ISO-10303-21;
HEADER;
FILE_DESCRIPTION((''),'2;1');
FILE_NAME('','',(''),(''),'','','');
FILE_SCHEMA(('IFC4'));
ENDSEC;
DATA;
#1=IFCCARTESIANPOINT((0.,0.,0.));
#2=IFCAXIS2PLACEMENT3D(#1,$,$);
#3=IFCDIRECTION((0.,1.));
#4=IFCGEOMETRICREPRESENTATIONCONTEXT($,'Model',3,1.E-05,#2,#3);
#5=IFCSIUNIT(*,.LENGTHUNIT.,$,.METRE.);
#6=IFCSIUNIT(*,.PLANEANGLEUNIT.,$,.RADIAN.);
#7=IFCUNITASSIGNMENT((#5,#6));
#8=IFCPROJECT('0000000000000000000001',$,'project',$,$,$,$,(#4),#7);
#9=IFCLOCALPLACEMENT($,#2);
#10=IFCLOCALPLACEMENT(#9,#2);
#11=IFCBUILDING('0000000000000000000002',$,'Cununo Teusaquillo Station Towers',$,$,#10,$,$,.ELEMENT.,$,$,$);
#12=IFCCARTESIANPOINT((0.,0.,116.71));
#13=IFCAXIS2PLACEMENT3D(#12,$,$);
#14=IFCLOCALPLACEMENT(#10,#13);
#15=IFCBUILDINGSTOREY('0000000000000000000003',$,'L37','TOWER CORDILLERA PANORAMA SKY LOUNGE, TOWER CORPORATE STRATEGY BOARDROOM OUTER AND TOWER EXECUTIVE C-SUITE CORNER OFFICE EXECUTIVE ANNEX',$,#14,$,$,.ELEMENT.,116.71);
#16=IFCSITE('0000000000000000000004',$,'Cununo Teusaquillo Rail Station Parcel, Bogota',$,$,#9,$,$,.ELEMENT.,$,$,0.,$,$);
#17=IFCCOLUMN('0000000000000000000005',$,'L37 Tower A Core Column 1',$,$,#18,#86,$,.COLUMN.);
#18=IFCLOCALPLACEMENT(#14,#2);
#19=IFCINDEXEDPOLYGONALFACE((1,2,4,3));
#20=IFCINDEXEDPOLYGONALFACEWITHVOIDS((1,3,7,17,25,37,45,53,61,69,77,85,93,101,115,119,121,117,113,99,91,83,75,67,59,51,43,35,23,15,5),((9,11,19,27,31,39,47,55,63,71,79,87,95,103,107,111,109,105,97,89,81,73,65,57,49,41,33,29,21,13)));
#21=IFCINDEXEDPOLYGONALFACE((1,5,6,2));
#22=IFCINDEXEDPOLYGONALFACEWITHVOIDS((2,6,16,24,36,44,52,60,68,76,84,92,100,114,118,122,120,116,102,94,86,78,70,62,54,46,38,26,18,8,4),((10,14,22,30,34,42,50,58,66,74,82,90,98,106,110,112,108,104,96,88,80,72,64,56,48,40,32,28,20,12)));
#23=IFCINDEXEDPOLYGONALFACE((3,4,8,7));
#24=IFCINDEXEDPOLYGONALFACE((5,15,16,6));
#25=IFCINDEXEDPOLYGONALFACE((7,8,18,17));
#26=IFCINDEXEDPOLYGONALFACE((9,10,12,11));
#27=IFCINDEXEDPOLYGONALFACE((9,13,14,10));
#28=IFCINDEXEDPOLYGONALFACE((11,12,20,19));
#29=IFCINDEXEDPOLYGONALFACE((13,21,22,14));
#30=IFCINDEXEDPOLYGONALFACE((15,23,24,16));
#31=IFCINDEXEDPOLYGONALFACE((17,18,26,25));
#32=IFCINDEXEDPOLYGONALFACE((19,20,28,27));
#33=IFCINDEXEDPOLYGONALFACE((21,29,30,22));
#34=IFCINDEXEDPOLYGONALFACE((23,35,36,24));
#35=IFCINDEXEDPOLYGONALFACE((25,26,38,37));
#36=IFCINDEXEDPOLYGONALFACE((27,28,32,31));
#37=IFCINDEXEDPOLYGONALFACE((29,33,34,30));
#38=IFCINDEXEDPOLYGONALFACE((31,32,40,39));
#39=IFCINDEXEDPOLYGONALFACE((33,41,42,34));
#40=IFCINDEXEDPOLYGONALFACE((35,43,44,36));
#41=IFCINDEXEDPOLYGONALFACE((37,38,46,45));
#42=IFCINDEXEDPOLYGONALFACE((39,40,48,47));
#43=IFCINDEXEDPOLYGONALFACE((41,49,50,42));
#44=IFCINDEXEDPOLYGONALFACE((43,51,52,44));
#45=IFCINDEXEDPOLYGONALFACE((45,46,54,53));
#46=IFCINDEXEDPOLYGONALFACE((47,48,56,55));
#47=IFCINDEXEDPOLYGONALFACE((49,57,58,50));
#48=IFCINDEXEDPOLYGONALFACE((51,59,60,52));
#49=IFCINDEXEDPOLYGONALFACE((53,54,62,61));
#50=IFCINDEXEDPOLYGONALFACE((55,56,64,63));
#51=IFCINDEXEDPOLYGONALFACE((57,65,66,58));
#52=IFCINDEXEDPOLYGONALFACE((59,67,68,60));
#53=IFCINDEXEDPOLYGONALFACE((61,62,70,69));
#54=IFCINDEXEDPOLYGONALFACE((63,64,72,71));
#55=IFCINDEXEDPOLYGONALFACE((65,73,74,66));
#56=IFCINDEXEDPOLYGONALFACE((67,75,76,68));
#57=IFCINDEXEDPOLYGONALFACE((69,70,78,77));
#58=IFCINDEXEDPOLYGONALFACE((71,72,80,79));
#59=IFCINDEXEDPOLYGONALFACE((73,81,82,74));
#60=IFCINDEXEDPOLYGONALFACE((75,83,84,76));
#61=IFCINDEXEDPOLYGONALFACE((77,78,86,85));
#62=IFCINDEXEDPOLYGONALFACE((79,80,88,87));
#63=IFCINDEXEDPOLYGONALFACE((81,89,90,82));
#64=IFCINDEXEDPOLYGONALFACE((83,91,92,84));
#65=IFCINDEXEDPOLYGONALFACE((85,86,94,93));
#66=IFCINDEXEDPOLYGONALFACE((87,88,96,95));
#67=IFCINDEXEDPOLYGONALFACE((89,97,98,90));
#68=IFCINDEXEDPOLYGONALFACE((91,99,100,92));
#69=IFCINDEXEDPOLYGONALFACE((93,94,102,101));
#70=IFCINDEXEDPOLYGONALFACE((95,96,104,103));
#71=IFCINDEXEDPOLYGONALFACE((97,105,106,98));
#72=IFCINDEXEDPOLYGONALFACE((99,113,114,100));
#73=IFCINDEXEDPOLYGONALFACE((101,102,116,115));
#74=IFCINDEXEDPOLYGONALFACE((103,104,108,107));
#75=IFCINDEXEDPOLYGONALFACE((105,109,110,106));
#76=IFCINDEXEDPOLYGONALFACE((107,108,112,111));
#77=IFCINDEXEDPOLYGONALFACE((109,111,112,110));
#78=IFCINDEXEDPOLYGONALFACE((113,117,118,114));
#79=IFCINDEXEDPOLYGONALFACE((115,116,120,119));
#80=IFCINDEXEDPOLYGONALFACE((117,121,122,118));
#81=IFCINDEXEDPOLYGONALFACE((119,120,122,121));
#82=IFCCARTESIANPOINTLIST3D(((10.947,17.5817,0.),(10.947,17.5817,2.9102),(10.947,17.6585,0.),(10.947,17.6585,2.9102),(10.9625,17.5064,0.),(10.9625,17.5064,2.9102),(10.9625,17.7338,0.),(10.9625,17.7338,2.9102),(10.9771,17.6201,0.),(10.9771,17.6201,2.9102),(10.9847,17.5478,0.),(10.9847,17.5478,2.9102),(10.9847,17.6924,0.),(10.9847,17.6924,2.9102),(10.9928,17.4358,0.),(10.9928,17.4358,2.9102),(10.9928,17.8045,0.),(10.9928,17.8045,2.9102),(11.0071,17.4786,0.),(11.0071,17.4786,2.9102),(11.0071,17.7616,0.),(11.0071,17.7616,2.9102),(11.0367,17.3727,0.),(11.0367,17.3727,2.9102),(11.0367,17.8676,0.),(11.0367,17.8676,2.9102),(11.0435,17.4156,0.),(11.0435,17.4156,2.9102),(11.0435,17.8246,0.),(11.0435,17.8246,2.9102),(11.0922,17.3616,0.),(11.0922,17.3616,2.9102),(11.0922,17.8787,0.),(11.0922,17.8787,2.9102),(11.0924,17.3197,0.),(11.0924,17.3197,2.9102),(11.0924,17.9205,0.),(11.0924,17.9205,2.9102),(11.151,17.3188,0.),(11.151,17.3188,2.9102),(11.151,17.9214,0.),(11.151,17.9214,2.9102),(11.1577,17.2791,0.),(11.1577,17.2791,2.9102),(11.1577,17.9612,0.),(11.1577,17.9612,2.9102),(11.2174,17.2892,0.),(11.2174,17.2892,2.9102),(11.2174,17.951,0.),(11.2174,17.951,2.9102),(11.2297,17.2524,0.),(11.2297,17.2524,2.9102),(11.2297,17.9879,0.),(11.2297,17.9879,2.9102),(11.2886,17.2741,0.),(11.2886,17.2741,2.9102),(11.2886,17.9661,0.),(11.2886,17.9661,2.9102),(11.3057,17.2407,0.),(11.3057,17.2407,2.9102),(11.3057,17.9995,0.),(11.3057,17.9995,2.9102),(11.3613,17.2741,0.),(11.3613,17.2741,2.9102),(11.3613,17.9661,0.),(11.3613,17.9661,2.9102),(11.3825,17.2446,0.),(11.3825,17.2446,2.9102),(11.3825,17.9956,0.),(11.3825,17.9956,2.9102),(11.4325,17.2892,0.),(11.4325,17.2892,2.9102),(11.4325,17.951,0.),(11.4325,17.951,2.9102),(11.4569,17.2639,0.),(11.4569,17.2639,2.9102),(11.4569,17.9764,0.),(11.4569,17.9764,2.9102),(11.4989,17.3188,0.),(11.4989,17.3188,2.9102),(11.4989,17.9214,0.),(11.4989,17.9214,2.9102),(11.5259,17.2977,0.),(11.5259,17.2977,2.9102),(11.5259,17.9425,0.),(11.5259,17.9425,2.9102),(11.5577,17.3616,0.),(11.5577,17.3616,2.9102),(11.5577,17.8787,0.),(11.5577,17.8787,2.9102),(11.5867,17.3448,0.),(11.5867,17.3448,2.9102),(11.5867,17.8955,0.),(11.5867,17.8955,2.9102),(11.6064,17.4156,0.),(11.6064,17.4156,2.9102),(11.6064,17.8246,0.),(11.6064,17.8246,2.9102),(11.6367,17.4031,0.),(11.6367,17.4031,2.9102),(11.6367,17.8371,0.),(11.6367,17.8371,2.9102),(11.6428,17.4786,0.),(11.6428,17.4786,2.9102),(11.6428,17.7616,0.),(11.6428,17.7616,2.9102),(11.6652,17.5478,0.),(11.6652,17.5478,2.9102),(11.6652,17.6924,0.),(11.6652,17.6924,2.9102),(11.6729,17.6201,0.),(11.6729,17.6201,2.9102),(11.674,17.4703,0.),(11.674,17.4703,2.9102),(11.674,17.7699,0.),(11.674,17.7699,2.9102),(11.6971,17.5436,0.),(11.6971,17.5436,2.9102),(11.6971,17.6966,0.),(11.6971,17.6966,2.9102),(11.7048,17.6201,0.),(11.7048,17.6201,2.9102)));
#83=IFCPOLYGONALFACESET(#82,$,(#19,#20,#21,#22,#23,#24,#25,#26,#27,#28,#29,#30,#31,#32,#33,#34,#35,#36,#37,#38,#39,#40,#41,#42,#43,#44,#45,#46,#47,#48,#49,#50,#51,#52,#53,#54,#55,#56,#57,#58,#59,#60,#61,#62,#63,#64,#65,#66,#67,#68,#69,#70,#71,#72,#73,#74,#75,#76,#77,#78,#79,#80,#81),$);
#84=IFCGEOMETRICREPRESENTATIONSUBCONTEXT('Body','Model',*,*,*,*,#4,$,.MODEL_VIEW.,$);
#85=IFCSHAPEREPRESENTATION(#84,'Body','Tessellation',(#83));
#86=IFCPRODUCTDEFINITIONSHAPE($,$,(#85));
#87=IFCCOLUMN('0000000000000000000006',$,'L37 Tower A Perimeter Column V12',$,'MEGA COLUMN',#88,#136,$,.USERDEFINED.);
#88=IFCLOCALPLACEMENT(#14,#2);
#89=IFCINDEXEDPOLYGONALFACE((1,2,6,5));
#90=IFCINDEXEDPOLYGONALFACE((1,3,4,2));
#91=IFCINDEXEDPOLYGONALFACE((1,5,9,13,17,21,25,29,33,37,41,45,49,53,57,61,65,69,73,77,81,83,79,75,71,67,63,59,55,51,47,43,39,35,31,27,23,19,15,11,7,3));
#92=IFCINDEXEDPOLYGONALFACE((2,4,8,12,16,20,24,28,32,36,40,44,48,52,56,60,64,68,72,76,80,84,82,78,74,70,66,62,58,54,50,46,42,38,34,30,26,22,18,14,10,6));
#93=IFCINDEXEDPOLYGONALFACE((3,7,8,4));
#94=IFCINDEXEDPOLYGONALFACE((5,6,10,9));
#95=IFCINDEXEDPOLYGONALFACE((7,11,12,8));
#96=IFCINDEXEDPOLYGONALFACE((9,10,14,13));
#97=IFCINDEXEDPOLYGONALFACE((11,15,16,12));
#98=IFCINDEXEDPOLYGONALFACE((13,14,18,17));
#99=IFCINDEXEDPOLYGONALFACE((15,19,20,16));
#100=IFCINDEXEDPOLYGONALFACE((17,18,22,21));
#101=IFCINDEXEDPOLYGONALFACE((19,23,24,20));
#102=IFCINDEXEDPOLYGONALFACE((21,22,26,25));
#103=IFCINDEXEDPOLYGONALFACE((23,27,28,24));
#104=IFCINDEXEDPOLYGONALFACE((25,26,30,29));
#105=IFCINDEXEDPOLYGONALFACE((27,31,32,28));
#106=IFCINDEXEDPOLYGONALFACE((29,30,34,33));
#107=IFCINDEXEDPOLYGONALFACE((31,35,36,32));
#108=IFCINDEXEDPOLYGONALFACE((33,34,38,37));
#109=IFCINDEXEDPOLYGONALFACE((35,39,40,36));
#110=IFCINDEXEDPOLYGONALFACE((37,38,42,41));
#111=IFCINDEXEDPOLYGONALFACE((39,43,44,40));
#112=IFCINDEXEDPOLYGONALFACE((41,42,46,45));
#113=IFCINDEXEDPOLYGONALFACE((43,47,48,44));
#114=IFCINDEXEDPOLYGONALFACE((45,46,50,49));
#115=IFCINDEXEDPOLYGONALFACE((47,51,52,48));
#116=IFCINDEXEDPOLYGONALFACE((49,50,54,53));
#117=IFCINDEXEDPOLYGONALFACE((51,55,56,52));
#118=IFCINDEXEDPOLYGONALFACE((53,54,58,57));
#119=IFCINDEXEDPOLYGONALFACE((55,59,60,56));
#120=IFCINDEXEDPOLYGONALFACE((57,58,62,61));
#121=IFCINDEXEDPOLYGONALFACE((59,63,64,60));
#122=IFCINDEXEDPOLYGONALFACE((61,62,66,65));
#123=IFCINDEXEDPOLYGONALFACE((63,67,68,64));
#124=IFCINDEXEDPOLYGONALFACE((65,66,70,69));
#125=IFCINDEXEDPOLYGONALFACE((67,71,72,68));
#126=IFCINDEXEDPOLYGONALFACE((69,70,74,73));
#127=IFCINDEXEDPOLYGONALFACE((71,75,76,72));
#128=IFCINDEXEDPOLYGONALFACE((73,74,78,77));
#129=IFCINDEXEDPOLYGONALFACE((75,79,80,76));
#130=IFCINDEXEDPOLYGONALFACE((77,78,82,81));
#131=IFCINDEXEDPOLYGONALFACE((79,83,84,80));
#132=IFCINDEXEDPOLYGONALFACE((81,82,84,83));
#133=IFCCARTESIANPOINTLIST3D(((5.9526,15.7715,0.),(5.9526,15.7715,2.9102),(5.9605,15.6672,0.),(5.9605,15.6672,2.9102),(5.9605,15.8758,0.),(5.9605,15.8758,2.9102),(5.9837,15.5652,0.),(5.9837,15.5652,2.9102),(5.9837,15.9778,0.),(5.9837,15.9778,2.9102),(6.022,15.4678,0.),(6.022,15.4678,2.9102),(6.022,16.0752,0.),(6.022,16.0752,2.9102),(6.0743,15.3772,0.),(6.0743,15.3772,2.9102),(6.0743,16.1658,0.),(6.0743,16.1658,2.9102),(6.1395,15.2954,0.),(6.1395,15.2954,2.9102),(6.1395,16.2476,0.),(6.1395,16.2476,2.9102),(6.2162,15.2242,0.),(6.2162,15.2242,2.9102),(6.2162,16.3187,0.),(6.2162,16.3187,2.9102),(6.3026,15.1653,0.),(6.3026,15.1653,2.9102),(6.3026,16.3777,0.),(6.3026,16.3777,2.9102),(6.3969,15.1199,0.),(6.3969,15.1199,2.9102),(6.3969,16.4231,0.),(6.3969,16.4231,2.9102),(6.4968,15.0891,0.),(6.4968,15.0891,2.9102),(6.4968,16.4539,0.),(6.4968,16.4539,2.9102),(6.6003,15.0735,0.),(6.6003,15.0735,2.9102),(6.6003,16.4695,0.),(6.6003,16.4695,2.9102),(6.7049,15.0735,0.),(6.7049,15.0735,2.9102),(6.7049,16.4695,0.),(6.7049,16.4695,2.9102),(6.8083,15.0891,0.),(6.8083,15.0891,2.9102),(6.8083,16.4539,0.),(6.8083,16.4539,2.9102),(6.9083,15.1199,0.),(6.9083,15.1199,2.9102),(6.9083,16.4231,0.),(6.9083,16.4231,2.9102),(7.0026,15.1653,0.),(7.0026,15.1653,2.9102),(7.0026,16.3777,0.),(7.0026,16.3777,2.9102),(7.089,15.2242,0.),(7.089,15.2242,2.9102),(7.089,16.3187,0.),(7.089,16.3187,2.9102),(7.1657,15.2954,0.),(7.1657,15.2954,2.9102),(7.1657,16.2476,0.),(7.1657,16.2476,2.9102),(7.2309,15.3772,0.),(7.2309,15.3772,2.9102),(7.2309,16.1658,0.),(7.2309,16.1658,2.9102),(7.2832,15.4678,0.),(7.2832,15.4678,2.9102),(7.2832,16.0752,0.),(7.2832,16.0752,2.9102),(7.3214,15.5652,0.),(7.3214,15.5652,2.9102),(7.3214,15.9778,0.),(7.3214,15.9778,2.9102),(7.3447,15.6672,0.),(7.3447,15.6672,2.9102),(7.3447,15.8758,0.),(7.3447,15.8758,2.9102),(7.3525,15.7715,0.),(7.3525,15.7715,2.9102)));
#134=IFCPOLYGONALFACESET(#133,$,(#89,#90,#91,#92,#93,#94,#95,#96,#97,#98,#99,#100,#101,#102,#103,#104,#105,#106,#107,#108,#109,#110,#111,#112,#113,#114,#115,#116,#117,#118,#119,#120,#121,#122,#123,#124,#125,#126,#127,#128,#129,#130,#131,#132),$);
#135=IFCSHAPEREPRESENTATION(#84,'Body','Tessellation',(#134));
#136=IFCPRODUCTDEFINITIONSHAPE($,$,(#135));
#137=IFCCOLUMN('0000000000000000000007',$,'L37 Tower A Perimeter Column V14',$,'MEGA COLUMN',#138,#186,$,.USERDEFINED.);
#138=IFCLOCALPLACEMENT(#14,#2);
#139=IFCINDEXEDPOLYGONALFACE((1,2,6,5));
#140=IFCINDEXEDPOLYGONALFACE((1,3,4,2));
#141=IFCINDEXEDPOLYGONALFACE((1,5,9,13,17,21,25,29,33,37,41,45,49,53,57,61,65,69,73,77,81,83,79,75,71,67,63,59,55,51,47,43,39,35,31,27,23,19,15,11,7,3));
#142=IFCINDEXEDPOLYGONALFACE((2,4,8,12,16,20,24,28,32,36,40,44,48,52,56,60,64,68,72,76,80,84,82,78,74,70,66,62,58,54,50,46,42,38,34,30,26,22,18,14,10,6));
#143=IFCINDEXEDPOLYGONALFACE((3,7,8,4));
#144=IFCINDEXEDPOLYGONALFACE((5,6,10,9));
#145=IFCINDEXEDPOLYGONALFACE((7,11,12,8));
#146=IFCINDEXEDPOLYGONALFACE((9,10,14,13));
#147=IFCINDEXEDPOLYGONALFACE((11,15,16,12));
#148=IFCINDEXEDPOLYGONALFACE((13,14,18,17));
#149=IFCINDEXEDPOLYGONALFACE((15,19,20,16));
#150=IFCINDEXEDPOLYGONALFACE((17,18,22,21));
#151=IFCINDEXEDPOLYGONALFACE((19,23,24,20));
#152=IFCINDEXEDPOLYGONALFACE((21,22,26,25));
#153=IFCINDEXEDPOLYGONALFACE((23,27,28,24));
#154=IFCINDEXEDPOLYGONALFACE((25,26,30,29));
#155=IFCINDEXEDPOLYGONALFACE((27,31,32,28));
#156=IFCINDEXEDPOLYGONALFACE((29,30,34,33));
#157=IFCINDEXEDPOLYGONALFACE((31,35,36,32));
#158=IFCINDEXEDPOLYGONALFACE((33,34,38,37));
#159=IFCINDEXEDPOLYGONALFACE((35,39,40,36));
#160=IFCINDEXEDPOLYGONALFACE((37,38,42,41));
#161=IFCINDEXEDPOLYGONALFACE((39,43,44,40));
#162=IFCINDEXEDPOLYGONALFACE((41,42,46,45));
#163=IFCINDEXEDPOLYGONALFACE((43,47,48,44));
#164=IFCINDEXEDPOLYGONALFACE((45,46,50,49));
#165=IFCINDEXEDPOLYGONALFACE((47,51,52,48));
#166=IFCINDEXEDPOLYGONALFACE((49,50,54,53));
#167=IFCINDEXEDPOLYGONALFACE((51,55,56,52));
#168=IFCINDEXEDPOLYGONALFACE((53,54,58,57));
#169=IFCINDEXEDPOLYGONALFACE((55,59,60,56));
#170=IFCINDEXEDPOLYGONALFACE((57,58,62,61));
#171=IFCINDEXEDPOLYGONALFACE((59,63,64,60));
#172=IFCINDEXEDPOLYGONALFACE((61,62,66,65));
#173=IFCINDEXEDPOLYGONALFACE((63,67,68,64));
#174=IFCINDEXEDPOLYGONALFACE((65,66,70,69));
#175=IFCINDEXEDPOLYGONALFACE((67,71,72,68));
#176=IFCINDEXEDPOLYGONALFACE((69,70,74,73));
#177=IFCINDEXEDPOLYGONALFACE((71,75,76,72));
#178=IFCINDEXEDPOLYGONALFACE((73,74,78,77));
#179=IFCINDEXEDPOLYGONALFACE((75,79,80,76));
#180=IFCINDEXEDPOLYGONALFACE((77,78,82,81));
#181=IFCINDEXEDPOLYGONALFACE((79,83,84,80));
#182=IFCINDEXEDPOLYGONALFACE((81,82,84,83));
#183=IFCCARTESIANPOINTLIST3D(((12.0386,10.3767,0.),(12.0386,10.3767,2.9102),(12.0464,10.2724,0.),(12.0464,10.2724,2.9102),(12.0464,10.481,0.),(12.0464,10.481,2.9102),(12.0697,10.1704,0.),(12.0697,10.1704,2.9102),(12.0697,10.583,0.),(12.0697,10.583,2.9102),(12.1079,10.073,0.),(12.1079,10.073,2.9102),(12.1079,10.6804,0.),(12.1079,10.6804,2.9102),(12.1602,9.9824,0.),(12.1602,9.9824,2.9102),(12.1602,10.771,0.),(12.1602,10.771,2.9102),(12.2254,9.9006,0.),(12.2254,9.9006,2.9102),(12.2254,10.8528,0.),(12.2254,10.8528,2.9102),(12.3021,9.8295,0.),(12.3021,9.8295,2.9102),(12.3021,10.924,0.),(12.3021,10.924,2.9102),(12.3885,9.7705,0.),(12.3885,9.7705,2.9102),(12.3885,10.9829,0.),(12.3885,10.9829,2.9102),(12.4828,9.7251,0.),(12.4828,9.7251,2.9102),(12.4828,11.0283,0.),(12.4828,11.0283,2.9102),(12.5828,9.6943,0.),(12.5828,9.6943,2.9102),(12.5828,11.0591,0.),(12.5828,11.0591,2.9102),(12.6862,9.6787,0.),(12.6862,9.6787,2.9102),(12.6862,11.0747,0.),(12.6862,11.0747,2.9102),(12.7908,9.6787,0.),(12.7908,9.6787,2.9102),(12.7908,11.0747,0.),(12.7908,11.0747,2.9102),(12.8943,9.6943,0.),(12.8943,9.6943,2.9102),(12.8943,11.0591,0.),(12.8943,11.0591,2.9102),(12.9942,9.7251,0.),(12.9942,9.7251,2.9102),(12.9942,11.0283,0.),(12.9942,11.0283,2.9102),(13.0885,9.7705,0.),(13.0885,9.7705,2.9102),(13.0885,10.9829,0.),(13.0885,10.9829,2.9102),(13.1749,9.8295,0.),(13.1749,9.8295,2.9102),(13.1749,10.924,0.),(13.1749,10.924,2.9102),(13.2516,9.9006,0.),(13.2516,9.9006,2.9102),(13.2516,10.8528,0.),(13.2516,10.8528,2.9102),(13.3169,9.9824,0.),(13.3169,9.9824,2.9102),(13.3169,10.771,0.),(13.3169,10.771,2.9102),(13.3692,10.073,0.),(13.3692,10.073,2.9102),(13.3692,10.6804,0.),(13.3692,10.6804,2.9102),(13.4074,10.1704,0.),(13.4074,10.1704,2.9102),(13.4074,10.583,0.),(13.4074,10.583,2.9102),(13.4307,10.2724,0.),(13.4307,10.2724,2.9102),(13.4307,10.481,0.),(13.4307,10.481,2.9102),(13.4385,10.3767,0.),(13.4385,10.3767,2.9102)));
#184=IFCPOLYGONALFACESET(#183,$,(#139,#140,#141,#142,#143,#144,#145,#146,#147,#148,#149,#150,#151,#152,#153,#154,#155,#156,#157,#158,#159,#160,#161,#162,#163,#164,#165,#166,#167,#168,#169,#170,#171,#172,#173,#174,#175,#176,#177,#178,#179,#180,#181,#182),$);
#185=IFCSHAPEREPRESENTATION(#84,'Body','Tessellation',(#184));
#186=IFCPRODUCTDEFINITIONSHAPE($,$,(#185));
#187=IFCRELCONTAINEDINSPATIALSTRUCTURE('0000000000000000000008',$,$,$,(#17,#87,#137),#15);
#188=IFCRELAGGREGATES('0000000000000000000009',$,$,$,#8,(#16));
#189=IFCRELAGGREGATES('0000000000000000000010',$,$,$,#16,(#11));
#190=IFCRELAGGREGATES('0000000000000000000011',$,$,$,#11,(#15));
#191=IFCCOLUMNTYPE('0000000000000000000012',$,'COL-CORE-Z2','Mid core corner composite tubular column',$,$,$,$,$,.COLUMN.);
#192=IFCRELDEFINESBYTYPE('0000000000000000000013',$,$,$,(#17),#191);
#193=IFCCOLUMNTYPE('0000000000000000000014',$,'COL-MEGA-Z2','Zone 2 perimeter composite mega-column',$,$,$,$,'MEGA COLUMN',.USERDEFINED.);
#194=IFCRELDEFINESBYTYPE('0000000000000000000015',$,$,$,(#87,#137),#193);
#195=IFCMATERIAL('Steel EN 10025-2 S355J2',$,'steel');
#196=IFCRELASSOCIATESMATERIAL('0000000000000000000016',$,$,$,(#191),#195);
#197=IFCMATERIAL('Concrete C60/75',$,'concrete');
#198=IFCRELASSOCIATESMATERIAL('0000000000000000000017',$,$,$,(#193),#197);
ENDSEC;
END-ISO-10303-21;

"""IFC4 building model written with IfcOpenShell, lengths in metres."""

from ifc_helpers import new_model, si_unit, direction, frame, origin, origin_2d, place, context, subcontext, project, spatial, circle, hollow_circle, extrude, material, material_profile, profile_set, type_object, element, save


model = new_model("IFC4")

# Units and contexts
model_context = context("Model", 3, precision=1e-05, world=origin(), true_north=direction((0.0, 1.0)))
body_context = subcontext(model_context, "Body", "Model", "MODEL_VIEW")
ifc_project = project(units=[si_unit("LENGTHUNIT", "METRE"), si_unit("PLANEANGLEUNIT", "RADIAN")], contexts=[model_context])

# Site, building, storey
site_placement = place(None, origin())
site = spatial("IfcSite", under=ifc_project, at=site_placement, Name="Cununo Teusaquillo Rail Station Parcel, Bogota", CompositionType="ELEMENT", RefElevation=0.0)
building_placement = place(site_placement, origin())
building = spatial("IfcBuilding", under=site, at=building_placement, Name="Cununo Teusaquillo Station Towers", CompositionType="ELEMENT")
storey_placement = place(building_placement, frame((0.0, 0.0, 116.71)))
storey = spatial("IfcBuildingStorey", under=building, at=storey_placement, Name="L37", Description="TOWER CORDILLERA PANORAMA SKY LOUNGE, TOWER CORPORATE STRATEGY BOARDROOM OUTER AND TOWER EXECUTIVE C-SUITE CORNER OFFICE EXECUTIVE ANNEX", CompositionType="ELEMENT", Elevation=116.71)

# Columns
ifc_material_1 = material(Name="Steel EN 10025-2 S355J2", Category="steel")
ifc_material_profile_1 = material_profile(ifc_material_1, hollow_circle(Radius=0.3799, WallThickness=0.032, at=origin_2d()), Name="CHS 760x32")
ifc_profile_set_1 = profile_set([ifc_material_profile_1], Name="Steel EN 10025-2 S355J2")
column_type_1 = type_object("IfcColumnType", Name="COL-CORE-Z2", Description="Mid core corner composite tubular column", PredefinedType="COLUMN", material=ifc_profile_set_1)
column_placement = place(storey_placement, frame((11.325, 17.6201, 0.0), z_axis=(0.0, 0.0, 1.0), x_axis=(1.0, 0.0, 0.0)))
element("IfcColumn", 1, at=column_placement, inside=storey, type_object=column_type_1, Name="L37 Tower A Core Column 1", PredefinedType="COLUMN", context=body_context, shape_type="SweptSolid", body=[
    extrude(hollow_circle(Radius=0.3799, WallThickness=0.032, at=origin_2d()), origin(), (0.0, 0.0, 1.0), 2.9102),
])
ifc_material_2 = material(Name="Concrete C60/75", Category="concrete")
ifc_material_profile_2 = material_profile(ifc_material_2, circle(Radius=0.7, at=origin_2d()), Name="RC-CIRC-1400")
ifc_profile_set_2 = profile_set([ifc_material_profile_2], Name="Concrete C60/75")
column_type_2 = type_object("IfcColumnType", Name="COL-MEGA-Z2", Description="Zone 2 perimeter composite mega-column", ElementType="MEGA COLUMN", PredefinedType="USERDEFINED", material=ifc_profile_set_2)
for number, where, z_axis, x_axis, name in (
    (2, (6.6526, 15.7715, 0.0), (0.0, 0.0, 1.0), (1.0, 0.0, 0.0), "L37 Tower A Perimeter Column V12"),
    (3, (12.7385, 10.3767, 0.0), (0.0, 0.0, 1.0), (1.0, 0.0, 0.0), "L37 Tower A Perimeter Column V14"),
):
    element("IfcColumn", number, at=place(storey_placement, frame(where, z_axis=z_axis, x_axis=x_axis)), inside=storey, type_object=column_type_2, Name=name, ObjectType="MEGA COLUMN", PredefinedType="USERDEFINED", context=body_context, shape_type="SweptSolid", body=[
        extrude(circle(Radius=0.7, at=origin_2d()), origin(), (0.0, 0.0, 1.0), 2.9102),
    ])

save(model, "model.ifc")
